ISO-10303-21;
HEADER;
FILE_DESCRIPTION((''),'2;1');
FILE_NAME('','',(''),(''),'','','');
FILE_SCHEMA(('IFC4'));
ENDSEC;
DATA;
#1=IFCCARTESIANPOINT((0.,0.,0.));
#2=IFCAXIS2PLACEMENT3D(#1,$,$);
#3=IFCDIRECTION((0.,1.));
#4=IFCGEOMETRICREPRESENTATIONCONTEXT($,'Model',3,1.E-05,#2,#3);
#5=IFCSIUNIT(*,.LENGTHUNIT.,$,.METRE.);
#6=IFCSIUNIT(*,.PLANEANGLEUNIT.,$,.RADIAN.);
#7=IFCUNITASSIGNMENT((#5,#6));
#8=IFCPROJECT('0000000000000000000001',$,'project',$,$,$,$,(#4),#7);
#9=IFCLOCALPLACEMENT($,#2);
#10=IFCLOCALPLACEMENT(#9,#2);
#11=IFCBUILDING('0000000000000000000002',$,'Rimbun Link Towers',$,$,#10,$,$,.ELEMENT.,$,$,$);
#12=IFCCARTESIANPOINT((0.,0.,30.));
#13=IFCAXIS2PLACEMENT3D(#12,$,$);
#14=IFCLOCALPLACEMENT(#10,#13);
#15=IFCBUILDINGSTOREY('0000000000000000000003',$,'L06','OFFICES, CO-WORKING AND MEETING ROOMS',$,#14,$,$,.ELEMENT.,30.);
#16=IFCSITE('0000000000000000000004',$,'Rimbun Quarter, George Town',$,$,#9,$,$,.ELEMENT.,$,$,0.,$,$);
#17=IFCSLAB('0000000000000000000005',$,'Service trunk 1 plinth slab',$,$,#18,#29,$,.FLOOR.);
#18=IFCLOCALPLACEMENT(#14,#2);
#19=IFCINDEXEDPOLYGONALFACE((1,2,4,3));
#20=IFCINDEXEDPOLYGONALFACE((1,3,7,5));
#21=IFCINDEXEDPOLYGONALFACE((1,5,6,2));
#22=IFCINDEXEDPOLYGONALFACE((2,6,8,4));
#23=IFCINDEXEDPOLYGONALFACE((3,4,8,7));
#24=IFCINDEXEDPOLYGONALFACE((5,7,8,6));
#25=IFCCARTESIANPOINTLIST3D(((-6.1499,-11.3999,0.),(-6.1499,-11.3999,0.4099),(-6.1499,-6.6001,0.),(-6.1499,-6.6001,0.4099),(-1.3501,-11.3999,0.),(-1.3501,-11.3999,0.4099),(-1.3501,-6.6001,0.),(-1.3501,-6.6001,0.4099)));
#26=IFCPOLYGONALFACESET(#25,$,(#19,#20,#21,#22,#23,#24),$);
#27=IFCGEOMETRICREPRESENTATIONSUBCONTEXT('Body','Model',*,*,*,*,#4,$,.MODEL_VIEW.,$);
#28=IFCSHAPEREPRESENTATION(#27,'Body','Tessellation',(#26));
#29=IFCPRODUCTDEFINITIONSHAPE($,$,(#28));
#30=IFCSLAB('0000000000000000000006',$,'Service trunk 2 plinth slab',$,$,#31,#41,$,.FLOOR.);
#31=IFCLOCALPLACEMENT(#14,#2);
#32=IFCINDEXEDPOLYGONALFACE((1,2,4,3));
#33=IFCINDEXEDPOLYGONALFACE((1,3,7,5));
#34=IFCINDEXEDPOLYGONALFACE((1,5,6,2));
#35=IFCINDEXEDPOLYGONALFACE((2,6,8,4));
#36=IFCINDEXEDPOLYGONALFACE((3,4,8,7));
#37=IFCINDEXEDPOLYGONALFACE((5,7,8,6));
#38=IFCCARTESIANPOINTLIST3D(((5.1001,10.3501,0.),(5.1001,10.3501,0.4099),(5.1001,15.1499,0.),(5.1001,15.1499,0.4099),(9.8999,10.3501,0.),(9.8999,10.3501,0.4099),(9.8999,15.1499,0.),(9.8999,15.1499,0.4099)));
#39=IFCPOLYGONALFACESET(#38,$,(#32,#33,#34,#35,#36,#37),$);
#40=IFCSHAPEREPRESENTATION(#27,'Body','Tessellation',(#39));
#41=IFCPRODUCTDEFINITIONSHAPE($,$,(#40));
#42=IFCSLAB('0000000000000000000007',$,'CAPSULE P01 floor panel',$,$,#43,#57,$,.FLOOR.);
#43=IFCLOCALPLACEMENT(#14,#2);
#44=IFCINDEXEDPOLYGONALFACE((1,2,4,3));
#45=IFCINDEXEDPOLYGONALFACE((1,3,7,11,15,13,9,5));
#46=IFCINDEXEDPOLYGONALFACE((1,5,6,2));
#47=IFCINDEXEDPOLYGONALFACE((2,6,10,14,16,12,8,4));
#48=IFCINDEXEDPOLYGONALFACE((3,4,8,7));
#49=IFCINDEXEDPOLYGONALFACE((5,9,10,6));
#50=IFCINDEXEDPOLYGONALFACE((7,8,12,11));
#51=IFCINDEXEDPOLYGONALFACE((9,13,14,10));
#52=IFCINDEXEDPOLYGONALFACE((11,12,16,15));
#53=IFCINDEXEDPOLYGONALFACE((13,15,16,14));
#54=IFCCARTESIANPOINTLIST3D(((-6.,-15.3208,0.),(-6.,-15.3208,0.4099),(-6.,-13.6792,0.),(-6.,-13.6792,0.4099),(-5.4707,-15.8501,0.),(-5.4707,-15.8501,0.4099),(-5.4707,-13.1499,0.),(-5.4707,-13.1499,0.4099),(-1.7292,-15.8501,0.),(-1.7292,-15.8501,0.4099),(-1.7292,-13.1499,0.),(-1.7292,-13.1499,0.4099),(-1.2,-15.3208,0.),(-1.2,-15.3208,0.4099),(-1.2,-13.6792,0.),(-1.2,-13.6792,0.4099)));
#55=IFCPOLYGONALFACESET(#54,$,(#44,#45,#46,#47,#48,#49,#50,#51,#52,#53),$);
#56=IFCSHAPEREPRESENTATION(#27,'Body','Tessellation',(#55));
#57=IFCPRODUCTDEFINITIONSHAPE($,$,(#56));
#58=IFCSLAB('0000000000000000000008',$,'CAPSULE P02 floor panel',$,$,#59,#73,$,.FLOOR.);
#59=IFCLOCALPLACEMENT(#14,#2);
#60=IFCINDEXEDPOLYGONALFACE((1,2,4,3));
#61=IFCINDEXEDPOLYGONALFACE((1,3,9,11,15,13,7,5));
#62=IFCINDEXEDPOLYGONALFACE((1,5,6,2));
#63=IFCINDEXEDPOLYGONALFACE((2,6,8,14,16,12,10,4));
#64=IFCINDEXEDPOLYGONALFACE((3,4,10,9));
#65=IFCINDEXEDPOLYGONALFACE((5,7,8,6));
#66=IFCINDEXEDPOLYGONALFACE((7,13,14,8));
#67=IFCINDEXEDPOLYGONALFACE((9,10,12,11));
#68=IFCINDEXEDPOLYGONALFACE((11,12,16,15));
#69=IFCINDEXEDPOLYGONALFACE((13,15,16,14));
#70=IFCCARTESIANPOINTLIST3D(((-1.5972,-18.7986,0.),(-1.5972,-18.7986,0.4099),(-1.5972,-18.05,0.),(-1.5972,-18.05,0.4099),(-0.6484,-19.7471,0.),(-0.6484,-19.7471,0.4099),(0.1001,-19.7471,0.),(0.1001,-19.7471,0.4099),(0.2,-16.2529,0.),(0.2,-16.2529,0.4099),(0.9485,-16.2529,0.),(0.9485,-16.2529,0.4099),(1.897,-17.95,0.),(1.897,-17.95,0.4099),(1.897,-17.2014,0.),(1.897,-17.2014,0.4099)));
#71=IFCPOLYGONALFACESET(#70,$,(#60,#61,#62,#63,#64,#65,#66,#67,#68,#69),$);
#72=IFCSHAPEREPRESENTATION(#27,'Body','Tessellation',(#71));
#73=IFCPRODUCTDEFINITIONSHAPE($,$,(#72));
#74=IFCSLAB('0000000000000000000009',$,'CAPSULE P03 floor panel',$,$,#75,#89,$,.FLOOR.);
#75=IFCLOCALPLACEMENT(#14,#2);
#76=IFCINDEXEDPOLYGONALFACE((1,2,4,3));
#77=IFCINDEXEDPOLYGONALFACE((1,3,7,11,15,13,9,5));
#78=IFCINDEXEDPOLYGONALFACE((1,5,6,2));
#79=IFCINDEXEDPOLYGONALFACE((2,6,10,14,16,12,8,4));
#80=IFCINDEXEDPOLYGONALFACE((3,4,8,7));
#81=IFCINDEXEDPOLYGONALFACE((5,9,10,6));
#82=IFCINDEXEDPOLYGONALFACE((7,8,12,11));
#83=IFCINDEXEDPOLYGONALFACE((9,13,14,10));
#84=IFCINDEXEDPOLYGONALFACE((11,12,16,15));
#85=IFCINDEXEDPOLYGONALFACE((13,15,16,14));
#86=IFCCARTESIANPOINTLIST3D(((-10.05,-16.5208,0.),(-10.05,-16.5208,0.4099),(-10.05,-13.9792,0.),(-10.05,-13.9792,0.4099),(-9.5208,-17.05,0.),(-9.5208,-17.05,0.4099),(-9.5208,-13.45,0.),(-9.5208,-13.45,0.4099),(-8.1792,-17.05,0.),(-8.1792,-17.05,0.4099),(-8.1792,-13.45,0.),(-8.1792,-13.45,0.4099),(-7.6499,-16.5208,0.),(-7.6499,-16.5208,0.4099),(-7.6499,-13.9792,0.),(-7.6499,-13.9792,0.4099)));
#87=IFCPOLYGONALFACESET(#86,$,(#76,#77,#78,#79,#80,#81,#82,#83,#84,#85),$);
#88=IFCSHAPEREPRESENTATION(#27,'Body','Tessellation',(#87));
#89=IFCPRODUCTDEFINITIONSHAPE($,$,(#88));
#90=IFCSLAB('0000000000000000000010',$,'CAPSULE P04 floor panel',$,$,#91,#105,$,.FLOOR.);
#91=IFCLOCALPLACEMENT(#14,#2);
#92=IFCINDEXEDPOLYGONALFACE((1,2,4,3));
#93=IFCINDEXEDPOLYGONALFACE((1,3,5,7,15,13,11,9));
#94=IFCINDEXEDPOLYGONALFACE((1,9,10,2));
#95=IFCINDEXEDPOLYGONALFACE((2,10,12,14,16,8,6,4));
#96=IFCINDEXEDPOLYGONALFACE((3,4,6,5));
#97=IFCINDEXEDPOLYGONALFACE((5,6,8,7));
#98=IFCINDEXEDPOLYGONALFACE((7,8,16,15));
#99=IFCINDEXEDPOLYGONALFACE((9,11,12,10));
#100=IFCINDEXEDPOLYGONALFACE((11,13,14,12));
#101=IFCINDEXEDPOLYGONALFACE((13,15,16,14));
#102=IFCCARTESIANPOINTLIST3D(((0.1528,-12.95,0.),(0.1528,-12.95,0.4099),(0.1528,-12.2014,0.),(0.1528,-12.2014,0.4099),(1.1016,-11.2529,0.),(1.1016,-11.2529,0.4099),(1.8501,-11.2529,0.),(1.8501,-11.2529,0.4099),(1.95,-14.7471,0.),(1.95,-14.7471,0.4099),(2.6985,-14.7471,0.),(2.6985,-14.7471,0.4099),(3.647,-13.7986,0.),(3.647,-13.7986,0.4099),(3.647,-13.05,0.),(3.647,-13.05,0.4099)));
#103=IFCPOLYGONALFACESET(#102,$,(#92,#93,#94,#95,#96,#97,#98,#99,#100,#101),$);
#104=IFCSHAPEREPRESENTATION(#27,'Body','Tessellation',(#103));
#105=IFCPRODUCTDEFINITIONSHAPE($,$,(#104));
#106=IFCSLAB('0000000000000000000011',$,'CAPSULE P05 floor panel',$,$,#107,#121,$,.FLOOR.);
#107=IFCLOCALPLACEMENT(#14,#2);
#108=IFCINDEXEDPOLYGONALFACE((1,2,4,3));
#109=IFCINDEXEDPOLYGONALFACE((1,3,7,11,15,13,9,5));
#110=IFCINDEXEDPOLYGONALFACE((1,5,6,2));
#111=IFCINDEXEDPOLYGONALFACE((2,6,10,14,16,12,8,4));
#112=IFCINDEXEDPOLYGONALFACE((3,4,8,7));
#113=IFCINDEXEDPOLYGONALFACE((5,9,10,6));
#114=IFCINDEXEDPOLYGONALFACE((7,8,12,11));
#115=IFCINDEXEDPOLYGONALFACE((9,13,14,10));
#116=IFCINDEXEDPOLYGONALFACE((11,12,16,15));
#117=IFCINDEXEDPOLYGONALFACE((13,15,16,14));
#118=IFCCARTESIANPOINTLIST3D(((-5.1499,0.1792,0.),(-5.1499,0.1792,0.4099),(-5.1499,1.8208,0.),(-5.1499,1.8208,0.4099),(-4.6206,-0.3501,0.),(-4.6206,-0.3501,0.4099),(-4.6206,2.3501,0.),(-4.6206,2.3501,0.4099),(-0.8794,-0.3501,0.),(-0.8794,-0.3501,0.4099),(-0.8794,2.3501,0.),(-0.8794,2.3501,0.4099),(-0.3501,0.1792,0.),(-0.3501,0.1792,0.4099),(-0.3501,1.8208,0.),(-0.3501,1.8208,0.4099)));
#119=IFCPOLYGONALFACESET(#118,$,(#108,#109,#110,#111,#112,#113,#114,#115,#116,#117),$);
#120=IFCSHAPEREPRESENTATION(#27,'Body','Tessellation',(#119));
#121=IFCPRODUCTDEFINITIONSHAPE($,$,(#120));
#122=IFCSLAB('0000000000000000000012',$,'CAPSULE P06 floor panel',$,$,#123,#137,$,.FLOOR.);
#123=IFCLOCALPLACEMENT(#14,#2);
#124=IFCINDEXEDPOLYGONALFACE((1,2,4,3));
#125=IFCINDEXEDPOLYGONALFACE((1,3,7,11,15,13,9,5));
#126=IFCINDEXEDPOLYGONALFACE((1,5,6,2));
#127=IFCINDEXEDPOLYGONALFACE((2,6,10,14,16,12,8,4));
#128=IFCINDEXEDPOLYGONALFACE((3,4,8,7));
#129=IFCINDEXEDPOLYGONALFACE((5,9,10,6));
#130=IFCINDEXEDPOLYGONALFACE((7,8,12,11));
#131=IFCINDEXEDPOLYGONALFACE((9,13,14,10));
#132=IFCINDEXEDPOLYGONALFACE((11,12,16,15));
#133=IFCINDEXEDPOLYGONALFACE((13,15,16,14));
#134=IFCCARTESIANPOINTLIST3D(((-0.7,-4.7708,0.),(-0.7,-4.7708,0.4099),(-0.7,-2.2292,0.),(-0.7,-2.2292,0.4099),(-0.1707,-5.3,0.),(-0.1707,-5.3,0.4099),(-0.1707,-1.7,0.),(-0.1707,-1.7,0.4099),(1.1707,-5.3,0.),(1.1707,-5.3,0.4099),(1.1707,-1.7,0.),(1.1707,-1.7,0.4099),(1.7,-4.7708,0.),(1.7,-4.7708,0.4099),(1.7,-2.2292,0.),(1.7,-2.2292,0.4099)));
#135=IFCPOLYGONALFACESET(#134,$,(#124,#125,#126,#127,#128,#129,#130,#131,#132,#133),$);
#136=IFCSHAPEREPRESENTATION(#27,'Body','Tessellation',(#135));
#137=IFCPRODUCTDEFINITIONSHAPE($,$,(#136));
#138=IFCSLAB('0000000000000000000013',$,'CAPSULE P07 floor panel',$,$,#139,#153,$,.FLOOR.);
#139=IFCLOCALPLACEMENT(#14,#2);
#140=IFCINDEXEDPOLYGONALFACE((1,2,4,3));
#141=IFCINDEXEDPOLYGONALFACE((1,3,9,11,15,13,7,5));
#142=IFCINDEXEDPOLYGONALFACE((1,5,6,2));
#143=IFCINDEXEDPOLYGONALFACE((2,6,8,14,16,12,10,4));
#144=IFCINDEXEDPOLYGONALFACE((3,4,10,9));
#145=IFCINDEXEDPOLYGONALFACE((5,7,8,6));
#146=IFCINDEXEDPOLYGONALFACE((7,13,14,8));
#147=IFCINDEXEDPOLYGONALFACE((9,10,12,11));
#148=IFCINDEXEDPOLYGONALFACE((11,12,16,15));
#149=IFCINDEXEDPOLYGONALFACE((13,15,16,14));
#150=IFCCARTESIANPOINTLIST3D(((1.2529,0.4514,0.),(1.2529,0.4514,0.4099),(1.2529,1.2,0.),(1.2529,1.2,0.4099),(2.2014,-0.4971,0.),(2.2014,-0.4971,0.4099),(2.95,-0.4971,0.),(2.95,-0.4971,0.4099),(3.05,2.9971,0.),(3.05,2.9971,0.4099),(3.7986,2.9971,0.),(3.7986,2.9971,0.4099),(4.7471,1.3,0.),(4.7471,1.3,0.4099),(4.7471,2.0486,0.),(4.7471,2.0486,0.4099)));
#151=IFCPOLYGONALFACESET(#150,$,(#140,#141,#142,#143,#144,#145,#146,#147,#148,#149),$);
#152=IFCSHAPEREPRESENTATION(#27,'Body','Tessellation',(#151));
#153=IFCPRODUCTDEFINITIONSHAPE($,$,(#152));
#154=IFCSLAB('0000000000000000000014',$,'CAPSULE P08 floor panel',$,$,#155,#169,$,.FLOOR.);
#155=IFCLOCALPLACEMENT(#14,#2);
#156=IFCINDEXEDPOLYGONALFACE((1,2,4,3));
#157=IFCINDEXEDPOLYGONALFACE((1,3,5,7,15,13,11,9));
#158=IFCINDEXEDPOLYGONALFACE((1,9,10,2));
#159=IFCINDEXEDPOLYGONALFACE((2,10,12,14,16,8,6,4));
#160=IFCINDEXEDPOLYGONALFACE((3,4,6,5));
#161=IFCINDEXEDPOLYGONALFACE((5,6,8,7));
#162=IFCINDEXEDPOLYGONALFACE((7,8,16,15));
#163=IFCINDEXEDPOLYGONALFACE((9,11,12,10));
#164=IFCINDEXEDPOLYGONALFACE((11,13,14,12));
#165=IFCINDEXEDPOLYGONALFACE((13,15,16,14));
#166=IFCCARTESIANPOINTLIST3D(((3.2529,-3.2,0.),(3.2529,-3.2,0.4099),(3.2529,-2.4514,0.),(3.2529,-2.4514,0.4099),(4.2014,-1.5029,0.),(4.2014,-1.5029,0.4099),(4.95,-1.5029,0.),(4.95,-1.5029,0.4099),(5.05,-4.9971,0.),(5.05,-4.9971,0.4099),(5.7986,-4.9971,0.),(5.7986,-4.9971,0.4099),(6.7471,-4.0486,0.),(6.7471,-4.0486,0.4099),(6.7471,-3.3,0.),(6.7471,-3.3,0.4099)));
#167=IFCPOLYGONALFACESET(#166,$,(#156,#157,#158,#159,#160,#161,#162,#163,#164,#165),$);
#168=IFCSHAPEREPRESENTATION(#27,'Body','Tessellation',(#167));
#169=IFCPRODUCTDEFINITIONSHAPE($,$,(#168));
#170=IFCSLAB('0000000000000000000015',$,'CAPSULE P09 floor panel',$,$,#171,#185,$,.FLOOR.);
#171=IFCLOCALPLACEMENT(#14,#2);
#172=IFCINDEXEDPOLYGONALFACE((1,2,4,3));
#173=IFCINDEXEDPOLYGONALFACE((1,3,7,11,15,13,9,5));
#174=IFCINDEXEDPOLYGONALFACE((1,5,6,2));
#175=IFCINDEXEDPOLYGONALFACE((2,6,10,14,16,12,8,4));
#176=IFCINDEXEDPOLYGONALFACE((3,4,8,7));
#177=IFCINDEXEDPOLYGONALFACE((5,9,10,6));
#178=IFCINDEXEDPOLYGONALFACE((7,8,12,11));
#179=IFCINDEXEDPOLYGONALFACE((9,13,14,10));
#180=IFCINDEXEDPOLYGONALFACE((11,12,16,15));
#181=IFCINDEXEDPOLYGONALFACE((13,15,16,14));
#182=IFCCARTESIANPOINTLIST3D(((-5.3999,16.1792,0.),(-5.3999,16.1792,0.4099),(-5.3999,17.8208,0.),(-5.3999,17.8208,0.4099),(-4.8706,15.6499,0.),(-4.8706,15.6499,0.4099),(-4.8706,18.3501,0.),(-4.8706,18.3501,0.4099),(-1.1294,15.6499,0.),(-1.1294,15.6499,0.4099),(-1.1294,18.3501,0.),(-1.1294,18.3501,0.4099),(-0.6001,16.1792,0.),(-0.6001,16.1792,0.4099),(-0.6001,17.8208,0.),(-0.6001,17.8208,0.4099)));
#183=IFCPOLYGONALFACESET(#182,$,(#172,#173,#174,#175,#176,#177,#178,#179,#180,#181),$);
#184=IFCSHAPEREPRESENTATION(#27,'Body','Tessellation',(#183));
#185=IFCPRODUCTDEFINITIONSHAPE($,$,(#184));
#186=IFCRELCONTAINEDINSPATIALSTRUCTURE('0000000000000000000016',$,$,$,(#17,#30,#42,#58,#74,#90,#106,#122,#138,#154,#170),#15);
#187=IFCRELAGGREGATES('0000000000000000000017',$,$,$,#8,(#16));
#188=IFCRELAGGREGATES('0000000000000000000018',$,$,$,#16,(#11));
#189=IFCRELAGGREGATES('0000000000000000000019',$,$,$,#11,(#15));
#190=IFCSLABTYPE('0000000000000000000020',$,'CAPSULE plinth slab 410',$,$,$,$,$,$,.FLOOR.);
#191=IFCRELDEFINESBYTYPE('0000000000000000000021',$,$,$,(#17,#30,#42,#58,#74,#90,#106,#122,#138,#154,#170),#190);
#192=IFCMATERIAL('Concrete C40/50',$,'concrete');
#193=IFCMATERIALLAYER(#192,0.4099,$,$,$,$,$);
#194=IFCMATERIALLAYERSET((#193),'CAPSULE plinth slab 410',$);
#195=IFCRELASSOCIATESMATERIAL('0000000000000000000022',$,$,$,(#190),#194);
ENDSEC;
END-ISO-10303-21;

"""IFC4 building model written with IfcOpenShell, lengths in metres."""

from ifc_helpers import new_model, si_unit, direction, frame, origin, place, context, subcontext, project, spatial, polyline, outline, extrude, material, layer, layer_set, type_object, element, save


model = new_model("IFC4")

# Units and contexts
model_context = context("Model", 3, precision=1e-05, world=origin(), true_north=direction((0.0, 1.0)))
body_context = subcontext(model_context, "Body", "Model", "MODEL_VIEW")
ifc_project = project(units=[si_unit("LENGTHUNIT", "METRE"), si_unit("PLANEANGLEUNIT", "RADIAN")], contexts=[model_context])

# Site, building, storey
site_placement = place(None, origin())
site = spatial("IfcSite", under=ifc_project, at=site_placement, Name="Rimbun Quarter, George Town", CompositionType="ELEMENT", RefElevation=0.0)
building_placement = place(site_placement, origin())
building = spatial("IfcBuilding", under=site, at=building_placement, Name="Rimbun Link Towers", CompositionType="ELEMENT")
storey_placement = place(building_placement, frame((0.0, 0.0, 30.0)))
storey = spatial("IfcBuildingStorey", under=building, at=storey_placement, Name="L06", Description="OFFICES, CO-WORKING AND MEETING ROOMS", CompositionType="ELEMENT", Elevation=30.0)

# Slabs
ifc_material_1 = material(Name="Concrete C40/50", Category="concrete")
ifc_layer_1 = layer(ifc_material_1, 0.4099)
ifc_layer_set_1 = layer_set([ifc_layer_1], Name="CAPSULE plinth slab 410")
slab_type_1 = type_object("IfcSlabType", Name="CAPSULE plinth slab 410", PredefinedType="FLOOR", material=ifc_layer_set_1)
slab_1_placement = place(storey_placement, origin())
element("IfcSlab", 1, at=slab_1_placement, inside=storey, type_object=slab_type_1, Name="Service trunk 1 plinth slab", PredefinedType="FLOOR", context=body_context, shape_type="SweptSolid", body=[
    extrude(outline(polyline([(-6.1499, -11.3999), (-1.3501, -11.3999), (-1.3501, -6.6001), (-6.1499, -6.6001), (-6.1499, -11.3999)])), origin(), (0.0, 0.0, 1.0), 0.4099),
])
slab_2_placement = place(storey_placement, origin())
element("IfcSlab", 2, at=slab_2_placement, inside=storey, type_object=slab_type_1, Name="Service trunk 2 plinth slab", PredefinedType="FLOOR", context=body_context, shape_type="SweptSolid", body=[
    extrude(outline(polyline([(5.1001, 10.3501), (9.8999, 10.3501), (9.8999, 15.1499), (5.1001, 15.1499), (5.1001, 10.3501)])), origin(), (0.0, 0.0, 1.0), 0.4099),
])
slab_3_placement = place(storey_placement, origin())
element("IfcSlab", 3, at=slab_3_placement, inside=storey, type_object=slab_type_1, Name="CAPSULE P01 floor panel", PredefinedType="FLOOR", context=body_context, shape_type="SweptSolid", body=[
    extrude(outline(polyline([(-1.2, -13.6792), (-1.7292, -13.1499), (-5.4707, -13.1499), (-6.0, -13.6792), (-6.0, -15.3208), (-5.4707, -15.8501), (-1.7292, -15.8501), (-1.2, -15.3208), (-1.2, -13.6792)])), origin(), (0.0, 0.0, 1.0), 0.4099),
])
slab_4_placement = place(storey_placement, origin())
element("IfcSlab", 4, at=slab_4_placement, inside=storey, type_object=slab_type_1, Name="CAPSULE P02 floor panel", PredefinedType="FLOOR", context=body_context, shape_type="SweptSolid", body=[
    extrude(outline(polyline([(0.9485, -16.2529), (0.2, -16.2529), (-1.5972, -18.05), (-1.5972, -18.7986), (-0.6484, -19.7471), (0.1001, -19.7471), (1.897, -17.95), (1.897, -17.2014), (0.9485, -16.2529)])), origin(), (0.0, 0.0, 1.0), 0.4099),
])
slab_5_placement = place(storey_placement, origin())
element("IfcSlab", 5, at=slab_5_placement, inside=storey, type_object=slab_type_1, Name="CAPSULE P03 floor panel", PredefinedType="FLOOR", context=body_context, shape_type="SweptSolid", body=[
    extrude(outline(polyline([(-9.5208, -13.45), (-10.05, -13.9792), (-10.05, -16.5208), (-9.5208, -17.05), (-8.1792, -17.05), (-7.6499, -16.5208), (-7.6499, -13.9792), (-8.1792, -13.45), (-9.5208, -13.45)])), origin(), (0.0, 0.0, 1.0), 0.4099),
])
slab_6_placement = place(storey_placement, origin())
element("IfcSlab", 6, at=slab_6_placement, inside=storey, type_object=slab_type_1, Name="CAPSULE P04 floor panel", PredefinedType="FLOOR", context=body_context, shape_type="SweptSolid", body=[
    extrude(outline(polyline([(0.1528, -12.2014), (0.1528, -12.95), (1.95, -14.7471), (2.6985, -14.7471), (3.647, -13.7986), (3.647, -13.05), (1.8501, -11.2529), (1.1016, -11.2529), (0.1528, -12.2014)])), origin(), (0.0, 0.0, 1.0), 0.4099),
])
slab_7_placement = place(storey_placement, origin())
element("IfcSlab", 7, at=slab_7_placement, inside=storey, type_object=slab_type_1, Name="CAPSULE P05 floor panel", PredefinedType="FLOOR", context=body_context, shape_type="SweptSolid", body=[
    extrude(outline(polyline([(-0.3501, 1.8208), (-0.8794, 2.3501), (-4.6206, 2.3501), (-5.1499, 1.8208), (-5.1499, 0.1792), (-4.6206, -0.3501), (-0.8794, -0.3501), (-0.3501, 0.1792), (-0.3501, 1.8208)])), origin(), (0.0, 0.0, 1.0), 0.4099),
])
slab_8_placement = place(storey_placement, origin())
element("IfcSlab", 8, at=slab_8_placement, inside=storey, type_object=slab_type_1, Name="CAPSULE P06 floor panel", PredefinedType="FLOOR", context=body_context, shape_type="SweptSolid", body=[
    extrude(outline(polyline([(-0.1707, -1.7), (-0.7, -2.2292), (-0.7, -4.7708), (-0.1707, -5.3), (1.1707, -5.3), (1.7, -4.7708), (1.7, -2.2292), (1.1707, -1.7), (-0.1707, -1.7)])), origin(), (0.0, 0.0, 1.0), 0.4099),
])
slab_9_placement = place(storey_placement, origin())
element("IfcSlab", 9, at=slab_9_placement, inside=storey, type_object=slab_type_1, Name="CAPSULE P07 floor panel", PredefinedType="FLOOR", context=body_context, shape_type="SweptSolid", body=[
    extrude(outline(polyline([(3.7986, 2.9971), (3.05, 2.9971), (1.2529, 1.2), (1.2529, 0.4514), (2.2014, -0.4971), (2.95, -0.4971), (4.7471, 1.3), (4.7471, 2.0486), (3.7986, 2.9971)])), origin(), (0.0, 0.0, 1.0), 0.4099),
])
slab_10_placement = place(storey_placement, origin())
element("IfcSlab", 10, at=slab_10_placement, inside=storey, type_object=slab_type_1, Name="CAPSULE P08 floor panel", PredefinedType="FLOOR", context=body_context, shape_type="SweptSolid", body=[
    extrude(outline(polyline([(3.2529, -2.4514), (3.2529, -3.2), (5.05, -4.9971), (5.7986, -4.9971), (6.7471, -4.0486), (6.7471, -3.3), (4.95, -1.5029), (4.2014, -1.5029), (3.2529, -2.4514)])), origin(), (0.0, 0.0, 1.0), 0.4099),
])
slab_11_placement = place(storey_placement, origin())
element("IfcSlab", 11, at=slab_11_placement, inside=storey, type_object=slab_type_1, Name="CAPSULE P09 floor panel", PredefinedType="FLOOR", context=body_context, shape_type="SweptSolid", body=[
    extrude(outline(polyline([(-0.6001, 17.8208), (-1.1294, 18.3501), (-4.8706, 18.3501), (-5.3999, 17.8208), (-5.3999, 16.1792), (-4.8706, 15.6499), (-1.1294, 15.6499), (-0.6001, 16.1792), (-0.6001, 17.8208)])), origin(), (0.0, 0.0, 1.0), 0.4099),
])

save(model, "model.ifc")
